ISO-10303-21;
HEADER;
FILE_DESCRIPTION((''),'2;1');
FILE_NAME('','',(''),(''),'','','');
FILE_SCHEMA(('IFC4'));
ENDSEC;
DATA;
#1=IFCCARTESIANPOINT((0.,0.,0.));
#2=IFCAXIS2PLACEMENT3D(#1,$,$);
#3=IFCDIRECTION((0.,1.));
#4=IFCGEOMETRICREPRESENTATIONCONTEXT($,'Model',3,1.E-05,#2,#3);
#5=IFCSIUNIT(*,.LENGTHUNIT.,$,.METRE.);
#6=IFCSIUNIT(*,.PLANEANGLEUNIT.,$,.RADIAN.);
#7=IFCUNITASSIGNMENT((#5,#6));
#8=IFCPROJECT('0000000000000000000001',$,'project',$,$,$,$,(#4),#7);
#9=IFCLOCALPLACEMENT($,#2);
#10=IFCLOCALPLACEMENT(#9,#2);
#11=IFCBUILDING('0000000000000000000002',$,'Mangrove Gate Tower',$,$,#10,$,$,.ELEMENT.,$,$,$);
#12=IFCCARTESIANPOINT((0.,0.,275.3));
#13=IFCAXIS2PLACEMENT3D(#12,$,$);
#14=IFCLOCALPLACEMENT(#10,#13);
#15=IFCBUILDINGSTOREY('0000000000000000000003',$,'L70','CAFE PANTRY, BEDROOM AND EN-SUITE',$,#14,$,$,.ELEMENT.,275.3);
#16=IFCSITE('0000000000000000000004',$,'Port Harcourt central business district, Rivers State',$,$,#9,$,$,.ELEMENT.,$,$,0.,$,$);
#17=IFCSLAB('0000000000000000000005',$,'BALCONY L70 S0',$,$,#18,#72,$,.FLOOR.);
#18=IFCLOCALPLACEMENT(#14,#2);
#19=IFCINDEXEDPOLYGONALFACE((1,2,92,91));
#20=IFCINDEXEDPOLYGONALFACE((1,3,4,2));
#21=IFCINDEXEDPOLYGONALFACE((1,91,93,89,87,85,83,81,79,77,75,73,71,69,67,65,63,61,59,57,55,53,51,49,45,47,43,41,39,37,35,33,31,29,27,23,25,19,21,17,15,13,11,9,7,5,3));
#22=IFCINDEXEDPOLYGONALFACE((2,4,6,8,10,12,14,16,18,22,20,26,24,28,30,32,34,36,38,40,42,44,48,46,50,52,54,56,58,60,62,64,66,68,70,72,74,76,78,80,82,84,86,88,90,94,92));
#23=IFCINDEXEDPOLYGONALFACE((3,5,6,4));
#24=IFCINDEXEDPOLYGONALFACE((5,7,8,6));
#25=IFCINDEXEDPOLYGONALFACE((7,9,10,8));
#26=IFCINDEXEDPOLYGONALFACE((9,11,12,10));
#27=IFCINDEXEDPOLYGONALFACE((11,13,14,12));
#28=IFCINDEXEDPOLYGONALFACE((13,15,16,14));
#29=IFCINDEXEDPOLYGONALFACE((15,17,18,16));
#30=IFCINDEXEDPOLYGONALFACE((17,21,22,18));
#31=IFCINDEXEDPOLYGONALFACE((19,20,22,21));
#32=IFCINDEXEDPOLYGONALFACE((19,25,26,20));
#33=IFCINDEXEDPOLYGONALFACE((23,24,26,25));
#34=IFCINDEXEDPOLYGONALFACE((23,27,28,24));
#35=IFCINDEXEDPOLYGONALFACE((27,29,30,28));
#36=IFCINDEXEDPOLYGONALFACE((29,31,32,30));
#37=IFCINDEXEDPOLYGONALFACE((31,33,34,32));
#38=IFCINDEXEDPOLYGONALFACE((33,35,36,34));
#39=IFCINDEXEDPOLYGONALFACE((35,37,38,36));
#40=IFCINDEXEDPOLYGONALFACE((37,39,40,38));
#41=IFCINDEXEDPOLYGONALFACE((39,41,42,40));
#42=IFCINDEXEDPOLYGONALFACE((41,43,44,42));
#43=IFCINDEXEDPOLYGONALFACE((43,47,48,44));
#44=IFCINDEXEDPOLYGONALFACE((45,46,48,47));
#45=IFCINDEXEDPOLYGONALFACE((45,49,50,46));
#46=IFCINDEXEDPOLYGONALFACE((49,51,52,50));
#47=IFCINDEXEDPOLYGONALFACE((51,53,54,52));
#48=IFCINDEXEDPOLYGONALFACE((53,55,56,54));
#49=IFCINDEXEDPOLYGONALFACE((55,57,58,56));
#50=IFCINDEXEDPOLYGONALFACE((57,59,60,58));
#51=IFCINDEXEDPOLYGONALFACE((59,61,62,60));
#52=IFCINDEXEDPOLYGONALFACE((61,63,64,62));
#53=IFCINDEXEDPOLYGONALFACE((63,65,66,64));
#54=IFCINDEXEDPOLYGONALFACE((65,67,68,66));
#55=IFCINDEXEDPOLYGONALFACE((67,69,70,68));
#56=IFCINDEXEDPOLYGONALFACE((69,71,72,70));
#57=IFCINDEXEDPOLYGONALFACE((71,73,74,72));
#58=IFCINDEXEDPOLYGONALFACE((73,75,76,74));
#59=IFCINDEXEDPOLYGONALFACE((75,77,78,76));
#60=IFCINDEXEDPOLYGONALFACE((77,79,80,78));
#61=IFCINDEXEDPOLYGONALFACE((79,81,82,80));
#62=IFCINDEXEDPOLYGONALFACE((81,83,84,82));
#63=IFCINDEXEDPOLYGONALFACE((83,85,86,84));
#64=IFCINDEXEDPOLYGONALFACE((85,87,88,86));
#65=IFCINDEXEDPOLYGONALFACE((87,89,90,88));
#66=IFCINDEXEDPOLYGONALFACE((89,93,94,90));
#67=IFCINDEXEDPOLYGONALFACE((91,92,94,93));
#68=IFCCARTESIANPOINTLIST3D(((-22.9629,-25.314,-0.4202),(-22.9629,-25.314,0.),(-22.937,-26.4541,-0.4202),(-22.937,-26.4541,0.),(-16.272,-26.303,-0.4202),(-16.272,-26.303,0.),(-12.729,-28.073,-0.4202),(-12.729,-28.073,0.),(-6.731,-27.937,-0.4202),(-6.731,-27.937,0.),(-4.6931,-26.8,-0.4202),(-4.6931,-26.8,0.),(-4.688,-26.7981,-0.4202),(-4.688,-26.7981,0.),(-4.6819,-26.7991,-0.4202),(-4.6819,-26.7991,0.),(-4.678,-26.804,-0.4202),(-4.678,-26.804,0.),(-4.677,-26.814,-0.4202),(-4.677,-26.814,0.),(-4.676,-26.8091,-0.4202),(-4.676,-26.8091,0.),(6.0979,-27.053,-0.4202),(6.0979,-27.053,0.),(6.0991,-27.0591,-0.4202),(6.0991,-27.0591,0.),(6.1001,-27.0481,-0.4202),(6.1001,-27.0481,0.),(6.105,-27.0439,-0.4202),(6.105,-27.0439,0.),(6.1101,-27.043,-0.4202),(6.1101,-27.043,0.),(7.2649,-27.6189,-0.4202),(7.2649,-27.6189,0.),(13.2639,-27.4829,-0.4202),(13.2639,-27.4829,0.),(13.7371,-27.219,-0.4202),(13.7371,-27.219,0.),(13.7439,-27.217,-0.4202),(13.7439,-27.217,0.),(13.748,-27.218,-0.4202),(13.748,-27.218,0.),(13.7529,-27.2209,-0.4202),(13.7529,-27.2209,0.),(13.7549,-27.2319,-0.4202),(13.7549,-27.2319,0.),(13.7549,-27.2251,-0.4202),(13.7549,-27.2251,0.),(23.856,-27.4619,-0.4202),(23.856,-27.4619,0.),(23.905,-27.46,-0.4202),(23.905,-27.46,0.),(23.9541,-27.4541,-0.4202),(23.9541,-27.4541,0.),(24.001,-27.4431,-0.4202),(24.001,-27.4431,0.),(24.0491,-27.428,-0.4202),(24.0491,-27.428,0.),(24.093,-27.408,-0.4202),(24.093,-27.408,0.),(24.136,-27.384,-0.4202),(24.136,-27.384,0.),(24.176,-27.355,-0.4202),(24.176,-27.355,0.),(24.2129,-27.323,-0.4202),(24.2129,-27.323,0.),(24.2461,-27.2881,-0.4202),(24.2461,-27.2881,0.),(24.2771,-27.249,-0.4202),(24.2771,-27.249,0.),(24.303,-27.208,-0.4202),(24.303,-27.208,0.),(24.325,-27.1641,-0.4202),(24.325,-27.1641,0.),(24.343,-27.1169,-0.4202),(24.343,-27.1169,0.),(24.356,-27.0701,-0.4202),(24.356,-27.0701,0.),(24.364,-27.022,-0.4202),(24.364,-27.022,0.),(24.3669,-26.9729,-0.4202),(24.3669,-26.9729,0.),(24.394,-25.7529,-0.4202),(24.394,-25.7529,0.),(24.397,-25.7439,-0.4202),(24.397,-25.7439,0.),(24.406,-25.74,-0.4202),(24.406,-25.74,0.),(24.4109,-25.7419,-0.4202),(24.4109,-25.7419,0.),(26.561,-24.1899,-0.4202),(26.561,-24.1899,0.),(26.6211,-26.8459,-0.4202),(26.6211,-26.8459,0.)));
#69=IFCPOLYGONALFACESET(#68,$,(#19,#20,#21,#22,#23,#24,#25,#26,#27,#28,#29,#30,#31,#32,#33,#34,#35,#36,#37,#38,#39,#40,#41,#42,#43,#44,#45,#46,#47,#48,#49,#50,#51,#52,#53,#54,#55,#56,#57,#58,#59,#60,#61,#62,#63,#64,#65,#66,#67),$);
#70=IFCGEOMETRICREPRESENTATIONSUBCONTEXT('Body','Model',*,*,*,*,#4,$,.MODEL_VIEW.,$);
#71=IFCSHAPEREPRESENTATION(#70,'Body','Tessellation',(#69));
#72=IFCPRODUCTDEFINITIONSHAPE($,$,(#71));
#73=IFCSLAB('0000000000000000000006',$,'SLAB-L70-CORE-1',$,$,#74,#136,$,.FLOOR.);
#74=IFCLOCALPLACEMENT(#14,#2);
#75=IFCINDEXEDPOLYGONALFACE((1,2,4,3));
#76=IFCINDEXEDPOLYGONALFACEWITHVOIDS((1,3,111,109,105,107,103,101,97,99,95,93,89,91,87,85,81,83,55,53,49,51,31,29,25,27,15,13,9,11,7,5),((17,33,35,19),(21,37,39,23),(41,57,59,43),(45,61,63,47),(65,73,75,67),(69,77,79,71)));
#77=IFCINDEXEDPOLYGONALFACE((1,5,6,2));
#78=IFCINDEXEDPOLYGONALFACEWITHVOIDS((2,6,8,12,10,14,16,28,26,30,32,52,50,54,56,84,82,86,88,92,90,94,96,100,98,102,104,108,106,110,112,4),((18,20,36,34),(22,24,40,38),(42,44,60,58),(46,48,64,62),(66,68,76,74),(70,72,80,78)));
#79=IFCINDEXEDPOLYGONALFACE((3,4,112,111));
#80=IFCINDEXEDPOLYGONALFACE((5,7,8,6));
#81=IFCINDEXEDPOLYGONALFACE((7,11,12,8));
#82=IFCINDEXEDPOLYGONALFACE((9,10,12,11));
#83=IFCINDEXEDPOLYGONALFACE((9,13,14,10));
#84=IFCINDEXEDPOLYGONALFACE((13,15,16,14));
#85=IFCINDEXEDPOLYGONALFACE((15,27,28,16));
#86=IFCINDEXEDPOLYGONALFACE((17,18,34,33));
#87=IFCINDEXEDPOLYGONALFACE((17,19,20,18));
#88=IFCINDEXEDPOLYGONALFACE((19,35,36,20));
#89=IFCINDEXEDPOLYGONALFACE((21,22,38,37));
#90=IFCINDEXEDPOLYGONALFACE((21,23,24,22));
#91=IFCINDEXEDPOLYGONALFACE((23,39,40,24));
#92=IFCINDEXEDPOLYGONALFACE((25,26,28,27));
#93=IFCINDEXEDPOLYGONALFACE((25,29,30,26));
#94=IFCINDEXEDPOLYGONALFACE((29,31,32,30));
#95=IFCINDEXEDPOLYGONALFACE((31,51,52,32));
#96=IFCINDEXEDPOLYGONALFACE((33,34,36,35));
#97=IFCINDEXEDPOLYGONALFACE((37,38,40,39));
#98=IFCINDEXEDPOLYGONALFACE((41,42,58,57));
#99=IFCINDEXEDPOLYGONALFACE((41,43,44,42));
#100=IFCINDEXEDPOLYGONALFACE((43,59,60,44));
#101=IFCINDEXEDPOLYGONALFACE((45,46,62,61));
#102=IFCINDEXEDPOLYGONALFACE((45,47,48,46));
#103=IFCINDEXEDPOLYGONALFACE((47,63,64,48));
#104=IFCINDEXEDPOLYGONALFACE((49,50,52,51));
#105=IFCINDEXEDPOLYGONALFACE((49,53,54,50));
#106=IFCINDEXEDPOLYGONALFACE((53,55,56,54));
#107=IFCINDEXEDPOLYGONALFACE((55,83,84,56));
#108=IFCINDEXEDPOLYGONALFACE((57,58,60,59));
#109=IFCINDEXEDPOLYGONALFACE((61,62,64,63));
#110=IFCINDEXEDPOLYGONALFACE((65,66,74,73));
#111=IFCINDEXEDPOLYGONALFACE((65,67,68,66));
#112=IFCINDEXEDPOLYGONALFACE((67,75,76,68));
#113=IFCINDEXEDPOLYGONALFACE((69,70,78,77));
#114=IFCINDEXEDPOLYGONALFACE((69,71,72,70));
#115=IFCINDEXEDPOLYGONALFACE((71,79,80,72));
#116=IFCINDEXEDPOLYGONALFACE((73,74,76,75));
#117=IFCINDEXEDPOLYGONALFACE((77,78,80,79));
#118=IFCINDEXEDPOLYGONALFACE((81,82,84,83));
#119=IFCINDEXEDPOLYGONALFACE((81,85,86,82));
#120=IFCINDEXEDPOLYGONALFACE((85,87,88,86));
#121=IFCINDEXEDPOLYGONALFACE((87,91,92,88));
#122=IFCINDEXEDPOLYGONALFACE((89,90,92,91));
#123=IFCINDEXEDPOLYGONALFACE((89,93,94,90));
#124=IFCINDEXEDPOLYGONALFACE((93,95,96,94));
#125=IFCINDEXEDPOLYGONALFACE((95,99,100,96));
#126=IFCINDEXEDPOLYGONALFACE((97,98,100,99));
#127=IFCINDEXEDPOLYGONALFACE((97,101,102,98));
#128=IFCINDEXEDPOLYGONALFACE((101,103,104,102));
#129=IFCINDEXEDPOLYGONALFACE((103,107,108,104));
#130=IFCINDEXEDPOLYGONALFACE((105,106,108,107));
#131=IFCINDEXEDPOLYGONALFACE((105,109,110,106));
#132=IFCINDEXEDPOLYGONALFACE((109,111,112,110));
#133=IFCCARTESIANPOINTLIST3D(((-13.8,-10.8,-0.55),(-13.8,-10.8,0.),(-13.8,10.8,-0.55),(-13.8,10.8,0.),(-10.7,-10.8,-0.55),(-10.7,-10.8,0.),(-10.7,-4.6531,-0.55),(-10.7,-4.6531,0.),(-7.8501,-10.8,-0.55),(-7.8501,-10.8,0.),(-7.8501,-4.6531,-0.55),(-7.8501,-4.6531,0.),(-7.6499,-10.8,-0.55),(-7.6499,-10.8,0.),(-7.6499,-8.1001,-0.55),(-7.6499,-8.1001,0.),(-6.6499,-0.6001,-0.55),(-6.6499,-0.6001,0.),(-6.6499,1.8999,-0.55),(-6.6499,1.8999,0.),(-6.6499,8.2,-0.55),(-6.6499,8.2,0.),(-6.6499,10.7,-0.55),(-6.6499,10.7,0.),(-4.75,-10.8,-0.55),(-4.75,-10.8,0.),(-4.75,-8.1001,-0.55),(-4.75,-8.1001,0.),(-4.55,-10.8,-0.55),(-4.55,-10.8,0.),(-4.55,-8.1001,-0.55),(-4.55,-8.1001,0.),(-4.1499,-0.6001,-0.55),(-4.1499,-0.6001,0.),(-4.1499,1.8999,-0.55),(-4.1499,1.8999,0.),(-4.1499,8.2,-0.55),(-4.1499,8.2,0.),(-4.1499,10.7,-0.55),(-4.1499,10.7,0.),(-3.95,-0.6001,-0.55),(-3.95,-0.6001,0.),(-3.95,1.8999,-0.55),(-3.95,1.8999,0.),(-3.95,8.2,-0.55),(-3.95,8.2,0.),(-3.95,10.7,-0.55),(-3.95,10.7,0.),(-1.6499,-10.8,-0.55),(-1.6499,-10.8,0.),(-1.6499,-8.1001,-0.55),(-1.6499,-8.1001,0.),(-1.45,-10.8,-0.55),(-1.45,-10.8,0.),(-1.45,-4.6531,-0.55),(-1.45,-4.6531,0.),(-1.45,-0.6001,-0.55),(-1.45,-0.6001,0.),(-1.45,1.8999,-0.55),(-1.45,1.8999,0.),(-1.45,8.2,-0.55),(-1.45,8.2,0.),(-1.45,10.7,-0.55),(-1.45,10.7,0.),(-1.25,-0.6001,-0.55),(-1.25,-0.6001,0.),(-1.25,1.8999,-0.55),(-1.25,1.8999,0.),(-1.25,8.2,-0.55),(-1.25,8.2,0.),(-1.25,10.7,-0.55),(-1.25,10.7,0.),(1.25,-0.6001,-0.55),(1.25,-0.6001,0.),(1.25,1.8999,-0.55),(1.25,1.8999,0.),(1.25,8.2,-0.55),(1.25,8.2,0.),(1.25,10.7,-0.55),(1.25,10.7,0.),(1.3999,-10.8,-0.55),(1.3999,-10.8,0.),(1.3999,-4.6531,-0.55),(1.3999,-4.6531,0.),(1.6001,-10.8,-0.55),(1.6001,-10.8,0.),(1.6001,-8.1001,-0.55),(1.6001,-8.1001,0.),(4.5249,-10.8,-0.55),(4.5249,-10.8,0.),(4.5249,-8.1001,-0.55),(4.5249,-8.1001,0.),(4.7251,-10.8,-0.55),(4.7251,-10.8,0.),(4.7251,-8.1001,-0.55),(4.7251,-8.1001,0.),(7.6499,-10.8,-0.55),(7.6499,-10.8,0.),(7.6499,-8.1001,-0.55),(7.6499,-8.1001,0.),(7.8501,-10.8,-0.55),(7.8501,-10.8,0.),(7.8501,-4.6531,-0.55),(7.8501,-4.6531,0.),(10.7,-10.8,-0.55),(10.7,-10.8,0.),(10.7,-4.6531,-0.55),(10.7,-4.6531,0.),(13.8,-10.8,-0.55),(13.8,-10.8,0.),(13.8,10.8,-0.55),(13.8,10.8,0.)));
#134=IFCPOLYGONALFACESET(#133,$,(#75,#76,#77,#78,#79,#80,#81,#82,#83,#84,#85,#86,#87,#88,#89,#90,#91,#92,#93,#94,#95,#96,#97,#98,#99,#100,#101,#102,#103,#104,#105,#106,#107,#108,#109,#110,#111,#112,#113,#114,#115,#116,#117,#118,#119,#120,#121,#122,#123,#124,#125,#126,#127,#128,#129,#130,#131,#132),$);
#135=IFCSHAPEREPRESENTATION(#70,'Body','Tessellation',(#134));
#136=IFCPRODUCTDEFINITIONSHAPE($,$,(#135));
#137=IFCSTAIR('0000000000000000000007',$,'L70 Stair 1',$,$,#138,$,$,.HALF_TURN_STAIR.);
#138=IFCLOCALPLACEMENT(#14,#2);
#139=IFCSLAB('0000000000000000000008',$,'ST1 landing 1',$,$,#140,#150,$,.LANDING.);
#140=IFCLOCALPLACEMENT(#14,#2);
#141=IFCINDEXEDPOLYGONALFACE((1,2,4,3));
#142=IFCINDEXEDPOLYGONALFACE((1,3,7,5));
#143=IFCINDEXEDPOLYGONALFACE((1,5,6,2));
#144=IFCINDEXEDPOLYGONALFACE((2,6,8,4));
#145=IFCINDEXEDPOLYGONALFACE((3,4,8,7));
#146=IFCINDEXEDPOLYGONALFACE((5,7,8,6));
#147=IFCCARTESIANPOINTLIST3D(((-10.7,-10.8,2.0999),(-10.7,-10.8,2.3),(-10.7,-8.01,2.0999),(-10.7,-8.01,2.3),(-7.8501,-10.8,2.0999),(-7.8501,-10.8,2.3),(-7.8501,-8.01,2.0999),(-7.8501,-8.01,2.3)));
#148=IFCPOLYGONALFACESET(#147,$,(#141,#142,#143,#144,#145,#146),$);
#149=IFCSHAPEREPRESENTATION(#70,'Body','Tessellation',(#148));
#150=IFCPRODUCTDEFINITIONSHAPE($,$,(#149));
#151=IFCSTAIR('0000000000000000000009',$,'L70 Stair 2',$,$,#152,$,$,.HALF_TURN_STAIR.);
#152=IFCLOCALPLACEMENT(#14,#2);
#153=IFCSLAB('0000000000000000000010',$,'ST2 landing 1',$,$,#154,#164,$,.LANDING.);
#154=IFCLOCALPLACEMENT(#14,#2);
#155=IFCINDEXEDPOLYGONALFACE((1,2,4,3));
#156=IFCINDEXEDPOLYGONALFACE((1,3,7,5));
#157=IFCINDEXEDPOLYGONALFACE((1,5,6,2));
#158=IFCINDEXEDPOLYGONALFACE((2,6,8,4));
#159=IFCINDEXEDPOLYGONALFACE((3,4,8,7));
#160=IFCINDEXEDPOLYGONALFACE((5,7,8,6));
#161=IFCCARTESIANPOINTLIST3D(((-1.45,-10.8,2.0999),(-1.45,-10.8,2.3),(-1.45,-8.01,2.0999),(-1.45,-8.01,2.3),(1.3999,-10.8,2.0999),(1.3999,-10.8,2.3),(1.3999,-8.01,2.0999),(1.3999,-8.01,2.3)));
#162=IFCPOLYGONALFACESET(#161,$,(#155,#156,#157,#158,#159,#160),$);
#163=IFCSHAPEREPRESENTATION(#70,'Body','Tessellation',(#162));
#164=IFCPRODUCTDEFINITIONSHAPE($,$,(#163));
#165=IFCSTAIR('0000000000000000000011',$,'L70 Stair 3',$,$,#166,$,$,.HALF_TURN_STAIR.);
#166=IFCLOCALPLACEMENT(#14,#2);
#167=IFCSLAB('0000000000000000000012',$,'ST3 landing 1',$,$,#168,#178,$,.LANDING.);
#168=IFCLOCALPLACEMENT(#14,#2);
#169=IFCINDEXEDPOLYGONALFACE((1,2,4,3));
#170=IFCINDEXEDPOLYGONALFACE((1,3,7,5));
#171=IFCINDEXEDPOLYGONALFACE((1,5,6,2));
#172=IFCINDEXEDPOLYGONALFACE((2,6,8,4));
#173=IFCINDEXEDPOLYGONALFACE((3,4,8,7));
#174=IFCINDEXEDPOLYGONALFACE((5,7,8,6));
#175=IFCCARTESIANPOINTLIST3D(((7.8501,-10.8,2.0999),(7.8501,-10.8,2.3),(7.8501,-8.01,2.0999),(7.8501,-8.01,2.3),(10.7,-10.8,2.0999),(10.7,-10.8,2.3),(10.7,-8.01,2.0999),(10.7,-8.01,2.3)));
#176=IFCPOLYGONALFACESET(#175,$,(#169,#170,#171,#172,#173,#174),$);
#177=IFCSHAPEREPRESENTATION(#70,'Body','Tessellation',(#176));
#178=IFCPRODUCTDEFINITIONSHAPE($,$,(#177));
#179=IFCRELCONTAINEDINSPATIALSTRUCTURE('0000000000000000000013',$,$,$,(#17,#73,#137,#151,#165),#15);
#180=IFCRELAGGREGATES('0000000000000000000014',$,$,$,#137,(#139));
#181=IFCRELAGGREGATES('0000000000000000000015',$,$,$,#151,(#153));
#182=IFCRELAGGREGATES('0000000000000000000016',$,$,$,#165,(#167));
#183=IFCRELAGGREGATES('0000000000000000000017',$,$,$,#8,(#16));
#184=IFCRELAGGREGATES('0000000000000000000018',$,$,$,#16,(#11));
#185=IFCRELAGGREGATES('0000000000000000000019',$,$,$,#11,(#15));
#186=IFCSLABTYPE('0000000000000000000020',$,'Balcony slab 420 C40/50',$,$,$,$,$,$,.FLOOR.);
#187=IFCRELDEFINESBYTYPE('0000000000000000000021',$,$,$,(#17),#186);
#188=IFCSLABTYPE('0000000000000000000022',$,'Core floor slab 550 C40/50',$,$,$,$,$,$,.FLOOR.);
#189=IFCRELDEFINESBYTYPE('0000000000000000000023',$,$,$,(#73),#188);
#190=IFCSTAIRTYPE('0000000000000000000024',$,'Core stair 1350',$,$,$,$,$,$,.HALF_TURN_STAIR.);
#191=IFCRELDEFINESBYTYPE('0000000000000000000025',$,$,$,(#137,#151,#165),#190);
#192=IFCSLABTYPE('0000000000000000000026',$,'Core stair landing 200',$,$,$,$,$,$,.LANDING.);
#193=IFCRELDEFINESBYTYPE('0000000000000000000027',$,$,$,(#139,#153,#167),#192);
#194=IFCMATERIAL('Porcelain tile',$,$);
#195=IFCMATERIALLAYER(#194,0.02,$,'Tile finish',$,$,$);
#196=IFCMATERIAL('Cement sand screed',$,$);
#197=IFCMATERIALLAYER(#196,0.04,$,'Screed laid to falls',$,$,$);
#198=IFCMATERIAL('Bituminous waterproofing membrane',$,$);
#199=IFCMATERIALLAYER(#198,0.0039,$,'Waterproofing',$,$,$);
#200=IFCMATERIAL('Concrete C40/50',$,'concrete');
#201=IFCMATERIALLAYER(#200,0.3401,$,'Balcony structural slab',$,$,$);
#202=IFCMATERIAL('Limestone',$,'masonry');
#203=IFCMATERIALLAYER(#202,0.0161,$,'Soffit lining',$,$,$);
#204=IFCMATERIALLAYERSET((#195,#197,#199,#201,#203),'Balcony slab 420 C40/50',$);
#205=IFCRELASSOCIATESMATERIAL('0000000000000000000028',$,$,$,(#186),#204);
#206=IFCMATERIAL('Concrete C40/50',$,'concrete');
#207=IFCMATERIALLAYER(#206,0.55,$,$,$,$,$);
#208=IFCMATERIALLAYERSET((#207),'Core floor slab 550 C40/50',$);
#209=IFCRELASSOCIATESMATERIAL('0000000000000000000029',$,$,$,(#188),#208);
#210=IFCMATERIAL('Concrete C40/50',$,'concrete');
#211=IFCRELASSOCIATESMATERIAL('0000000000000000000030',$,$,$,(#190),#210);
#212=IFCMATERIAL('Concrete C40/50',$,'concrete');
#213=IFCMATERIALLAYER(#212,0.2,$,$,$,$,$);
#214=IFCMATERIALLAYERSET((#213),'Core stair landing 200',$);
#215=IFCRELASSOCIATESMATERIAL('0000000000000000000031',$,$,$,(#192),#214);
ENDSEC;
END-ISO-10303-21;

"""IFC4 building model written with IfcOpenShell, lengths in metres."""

from ifc_helpers import new_model, si_unit, direction, frame, origin, place, context, subcontext, project, spatial, polyline, outline, extrude, material, layer, layer_set, type_object, element, aggregate, save


model = new_model("IFC4")

# Units and contexts
model_context = context("Model", 3, precision=1e-05, world=origin(), true_north=direction((0.0, 1.0)))
body_context = subcontext(model_context, "Body", "Model", "MODEL_VIEW")
ifc_project = project(units=[si_unit("LENGTHUNIT", "METRE"), si_unit("PLANEANGLEUNIT", "RADIAN")], contexts=[model_context])

# Site, building, storey
site_placement = place(None, origin())
site = spatial("IfcSite", under=ifc_project, at=site_placement, Name="Port Harcourt central business district, Rivers State", CompositionType="ELEMENT", RefElevation=0.0)
building_placement = place(site_placement, origin())
building = spatial("IfcBuilding", under=site, at=building_placement, Name="Mangrove Gate Tower", CompositionType="ELEMENT")
storey_placement = place(building_placement, frame((0.0, 0.0, 275.3)))
storey = spatial("IfcBuildingStorey", under=building, at=storey_placement, Name="L70", Description="CAFE PANTRY, BEDROOM AND EN-SUITE", CompositionType="ELEMENT", Elevation=275.3)

# Slabs
ifc_material_1 = material(Name="Porcelain tile")
ifc_layer_1 = layer(ifc_material_1, 0.02, Name="Tile finish")
ifc_material_2 = material(Name="Cement sand screed")
ifc_layer_2 = layer(ifc_material_2, 0.04, Name="Screed laid to falls")
ifc_material_3 = material(Name="Bituminous waterproofing membrane")
ifc_layer_3 = layer(ifc_material_3, 0.0039, Name="Waterproofing")
ifc_material_4 = material(Name="Concrete C40/50", Category="concrete")
ifc_layer_4 = layer(ifc_material_4, 0.3401, Name="Balcony structural slab")
ifc_material_5 = material(Name="Limestone", Category="masonry")
ifc_layer_5 = layer(ifc_material_5, 0.0161, Name="Soffit lining")
ifc_layer_set_1 = layer_set([ifc_layer_1, ifc_layer_2, ifc_layer_3, ifc_layer_4, ifc_layer_5], Name="Balcony slab 420 C40/50")
slab_type_1 = type_object("IfcSlabType", Name="Balcony slab 420 C40/50", PredefinedType="FLOOR", material=ifc_layer_set_1)
slab_1_placement = place(storey_placement, frame((0.0, 0.0, -0.4202)))
element("IfcSlab", 1, at=slab_1_placement, inside=storey, type_object=slab_type_1, Name="BALCONY L70 S0", PredefinedType="FLOOR", context=body_context, shape_type="SweptSolid", body=[
    extrude(outline(polyline([(-22.937, -26.4541), (-16.272, -26.303), (-12.729, -28.073), (-6.731, -27.937), (-4.6931, -26.8), (-4.688, -26.7981), (-4.6819, -26.7991), (-4.678, -26.804), (-4.676, -26.8091), (-4.677, -26.814), (6.0991, -27.0591), (6.0979, -27.053), (6.1001, -27.0481), (6.105, -27.0439), (6.1101, -27.043), (7.2649, -27.6189), (13.2639, -27.4829), (13.7371, -27.219), (13.7439, -27.217), (13.748, -27.218), (13.7529, -27.2209), (13.7549, -27.2251), (13.7549, -27.2319), (23.856, -27.4619), (23.905, -27.46), (23.9541, -27.4541), (24.001, -27.4431), (24.0491, -27.428), (24.093, -27.408), (24.136, -27.384), (24.176, -27.355), (24.2129, -27.323), (24.2461, -27.2881), (24.2771, -27.249), (24.303, -27.208), (24.325, -27.1641), (24.343, -27.1169), (24.356, -27.0701), (24.364, -27.022), (24.3669, -26.9729), (24.394, -25.7529), (24.397, -25.7439), (24.406, -25.74), (24.4109, -25.7419), (26.6211, -26.8459), (26.561, -24.1899), (-22.9629, -25.314), (-22.937, -26.4541)])), origin(), (0.0, 0.0, 1.0), 0.4202),
])
ifc_material_6 = material(Name="Concrete C40/50", Category="concrete")
ifc_layer_6 = layer(ifc_material_6, 0.55)
ifc_layer_set_2 = layer_set([ifc_layer_6], Name="Core floor slab 550 C40/50")
slab_type_2 = type_object("IfcSlabType", Name="Core floor slab 550 C40/50", PredefinedType="FLOOR", material=ifc_layer_set_2)
slab_2_placement = place(storey_placement, frame((0.0, 0.0, -0.55)))
element("IfcSlab", 2, at=slab_2_placement, inside=storey, type_object=slab_type_2, Name="SLAB-L70-CORE-1", PredefinedType="FLOOR", context=body_context, shape_type="SweptSolid", body=[
    extrude(outline(polyline([(-13.8, -10.8), (-13.8, 10.8), (13.8, 10.8), (13.8, -10.8), (10.7, -10.8), (10.7, -4.6531), (7.8501, -4.6531), (7.8501, -10.8), (7.6499, -10.8), (7.6499, -8.1001), (4.7251, -8.1001), (4.7251, -10.8), (4.5249, -10.8), (4.5249, -8.1001), (1.6001, -8.1001), (1.6001, -10.8), (1.3999, -10.8), (1.3999, -4.6531), (-1.45, -4.6531), (-1.45, -10.8), (-1.6499, -10.8), (-1.6499, -8.1001), (-4.55, -8.1001), (-4.55, -10.8), (-4.75, -10.8), (-4.75, -8.1001), (-7.6499, -8.1001), (-7.6499, -10.8), (-7.8501, -10.8), (-7.8501, -4.6531), (-10.7, -4.6531), (-10.7, -10.8), (-13.8, -10.8)]), holes=[polyline([(-4.1499, 1.8999), (-6.6499, 1.8999), (-6.6499, -0.6001), (-4.1499, -0.6001), (-4.1499, 1.8999)]), polyline([(-1.45, -0.6001), (-1.45, 1.8999), (-3.95, 1.8999), (-3.95, -0.6001), (-1.45, -0.6001)]), polyline([(-4.1499, 8.2), (-4.1499, 10.7), (-6.6499, 10.7), (-6.6499, 8.2), (-4.1499, 8.2)]), polyline([(-1.45, 10.7), (-3.95, 10.7), (-3.95, 8.2), (-1.45, 8.2), (-1.45, 10.7)]), polyline([(1.25, -0.6001), (1.25, 1.8999), (-1.25, 1.8999), (-1.25, -0.6001), (1.25, -0.6001)]), polyline([(1.25, 8.2), (1.25, 10.7), (-1.25, 10.7), (-1.25, 8.2), (1.25, 8.2)])]), origin(), (0.0, 0.0, 1.0), 0.55),
])

# Stairs, slabs
ifc_material_7 = material(Name="Concrete C40/50", Category="concrete")
stair_type = type_object("IfcStairType", Name="Core stair 1350", PredefinedType="HALF_TURN_STAIR", material=ifc_material_7)
stair_1_placement = place(storey_placement, origin())
stair_1 = element("IfcStair", 3, at=stair_1_placement, inside=storey, type_object=stair_type, Name="L70 Stair 1", PredefinedType="HALF_TURN_STAIR")
ifc_material_8 = material(Name="Concrete C40/50", Category="concrete")
ifc_layer_7 = layer(ifc_material_8, 0.2)
ifc_layer_set_3 = layer_set([ifc_layer_7], Name="Core stair landing 200")
slab_type_3 = type_object("IfcSlabType", Name="Core stair landing 200", PredefinedType="LANDING", material=ifc_layer_set_3)
slab_3_placement = place(storey_placement, frame((0.0, 0.0, 2.0999)))
slab_3 = element("IfcSlab", 4, at=slab_3_placement, type_object=slab_type_3, Name="ST1 landing 1", PredefinedType="LANDING", context=body_context, shape_type="SweptSolid", body=[
    extrude(outline(polyline([(-10.7, -8.01), (-10.7, -10.8), (-7.8501, -10.8), (-7.8501, -8.01), (-10.7, -8.01)])), origin(), (0.0, 0.0, 1.0), 0.2002),
])
aggregate(stair_1, [slab_3])
stair_2_placement = place(storey_placement, origin())
stair_2 = element("IfcStair", 5, at=stair_2_placement, inside=storey, type_object=stair_type, Name="L70 Stair 2", PredefinedType="HALF_TURN_STAIR")
slab_4_placement = place(storey_placement, frame((0.0, 0.0, 2.0999)))
slab_4 = element("IfcSlab", 6, at=slab_4_placement, type_object=slab_type_3, Name="ST2 landing 1", PredefinedType="LANDING", context=body_context, shape_type="SweptSolid", body=[
    extrude(outline(polyline([(-1.45, -8.01), (-1.45, -10.8), (1.3999, -10.8), (1.3999, -8.01), (-1.45, -8.01)])), origin(), (0.0, 0.0, 1.0), 0.2002),
])
aggregate(stair_2, [slab_4])
stair_3_placement = place(storey_placement, origin())
stair_3 = element("IfcStair", 7, at=stair_3_placement, inside=storey, type_object=stair_type, Name="L70 Stair 3", PredefinedType="HALF_TURN_STAIR")
slab_5_placement = place(storey_placement, frame((0.0, 0.0, 2.0999)))
slab_5 = element("IfcSlab", 8, at=slab_5_placement, type_object=slab_type_3, Name="ST3 landing 1", PredefinedType="LANDING", context=body_context, shape_type="SweptSolid", body=[
    extrude(outline(polyline([(7.8501, -8.01), (7.8501, -10.8), (10.7, -10.8), (10.7, -8.01), (7.8501, -8.01)])), origin(), (0.0, 0.0, 1.0), 0.2002),
])
aggregate(stair_3, [slab_5])

save(model, "model.ifc")
